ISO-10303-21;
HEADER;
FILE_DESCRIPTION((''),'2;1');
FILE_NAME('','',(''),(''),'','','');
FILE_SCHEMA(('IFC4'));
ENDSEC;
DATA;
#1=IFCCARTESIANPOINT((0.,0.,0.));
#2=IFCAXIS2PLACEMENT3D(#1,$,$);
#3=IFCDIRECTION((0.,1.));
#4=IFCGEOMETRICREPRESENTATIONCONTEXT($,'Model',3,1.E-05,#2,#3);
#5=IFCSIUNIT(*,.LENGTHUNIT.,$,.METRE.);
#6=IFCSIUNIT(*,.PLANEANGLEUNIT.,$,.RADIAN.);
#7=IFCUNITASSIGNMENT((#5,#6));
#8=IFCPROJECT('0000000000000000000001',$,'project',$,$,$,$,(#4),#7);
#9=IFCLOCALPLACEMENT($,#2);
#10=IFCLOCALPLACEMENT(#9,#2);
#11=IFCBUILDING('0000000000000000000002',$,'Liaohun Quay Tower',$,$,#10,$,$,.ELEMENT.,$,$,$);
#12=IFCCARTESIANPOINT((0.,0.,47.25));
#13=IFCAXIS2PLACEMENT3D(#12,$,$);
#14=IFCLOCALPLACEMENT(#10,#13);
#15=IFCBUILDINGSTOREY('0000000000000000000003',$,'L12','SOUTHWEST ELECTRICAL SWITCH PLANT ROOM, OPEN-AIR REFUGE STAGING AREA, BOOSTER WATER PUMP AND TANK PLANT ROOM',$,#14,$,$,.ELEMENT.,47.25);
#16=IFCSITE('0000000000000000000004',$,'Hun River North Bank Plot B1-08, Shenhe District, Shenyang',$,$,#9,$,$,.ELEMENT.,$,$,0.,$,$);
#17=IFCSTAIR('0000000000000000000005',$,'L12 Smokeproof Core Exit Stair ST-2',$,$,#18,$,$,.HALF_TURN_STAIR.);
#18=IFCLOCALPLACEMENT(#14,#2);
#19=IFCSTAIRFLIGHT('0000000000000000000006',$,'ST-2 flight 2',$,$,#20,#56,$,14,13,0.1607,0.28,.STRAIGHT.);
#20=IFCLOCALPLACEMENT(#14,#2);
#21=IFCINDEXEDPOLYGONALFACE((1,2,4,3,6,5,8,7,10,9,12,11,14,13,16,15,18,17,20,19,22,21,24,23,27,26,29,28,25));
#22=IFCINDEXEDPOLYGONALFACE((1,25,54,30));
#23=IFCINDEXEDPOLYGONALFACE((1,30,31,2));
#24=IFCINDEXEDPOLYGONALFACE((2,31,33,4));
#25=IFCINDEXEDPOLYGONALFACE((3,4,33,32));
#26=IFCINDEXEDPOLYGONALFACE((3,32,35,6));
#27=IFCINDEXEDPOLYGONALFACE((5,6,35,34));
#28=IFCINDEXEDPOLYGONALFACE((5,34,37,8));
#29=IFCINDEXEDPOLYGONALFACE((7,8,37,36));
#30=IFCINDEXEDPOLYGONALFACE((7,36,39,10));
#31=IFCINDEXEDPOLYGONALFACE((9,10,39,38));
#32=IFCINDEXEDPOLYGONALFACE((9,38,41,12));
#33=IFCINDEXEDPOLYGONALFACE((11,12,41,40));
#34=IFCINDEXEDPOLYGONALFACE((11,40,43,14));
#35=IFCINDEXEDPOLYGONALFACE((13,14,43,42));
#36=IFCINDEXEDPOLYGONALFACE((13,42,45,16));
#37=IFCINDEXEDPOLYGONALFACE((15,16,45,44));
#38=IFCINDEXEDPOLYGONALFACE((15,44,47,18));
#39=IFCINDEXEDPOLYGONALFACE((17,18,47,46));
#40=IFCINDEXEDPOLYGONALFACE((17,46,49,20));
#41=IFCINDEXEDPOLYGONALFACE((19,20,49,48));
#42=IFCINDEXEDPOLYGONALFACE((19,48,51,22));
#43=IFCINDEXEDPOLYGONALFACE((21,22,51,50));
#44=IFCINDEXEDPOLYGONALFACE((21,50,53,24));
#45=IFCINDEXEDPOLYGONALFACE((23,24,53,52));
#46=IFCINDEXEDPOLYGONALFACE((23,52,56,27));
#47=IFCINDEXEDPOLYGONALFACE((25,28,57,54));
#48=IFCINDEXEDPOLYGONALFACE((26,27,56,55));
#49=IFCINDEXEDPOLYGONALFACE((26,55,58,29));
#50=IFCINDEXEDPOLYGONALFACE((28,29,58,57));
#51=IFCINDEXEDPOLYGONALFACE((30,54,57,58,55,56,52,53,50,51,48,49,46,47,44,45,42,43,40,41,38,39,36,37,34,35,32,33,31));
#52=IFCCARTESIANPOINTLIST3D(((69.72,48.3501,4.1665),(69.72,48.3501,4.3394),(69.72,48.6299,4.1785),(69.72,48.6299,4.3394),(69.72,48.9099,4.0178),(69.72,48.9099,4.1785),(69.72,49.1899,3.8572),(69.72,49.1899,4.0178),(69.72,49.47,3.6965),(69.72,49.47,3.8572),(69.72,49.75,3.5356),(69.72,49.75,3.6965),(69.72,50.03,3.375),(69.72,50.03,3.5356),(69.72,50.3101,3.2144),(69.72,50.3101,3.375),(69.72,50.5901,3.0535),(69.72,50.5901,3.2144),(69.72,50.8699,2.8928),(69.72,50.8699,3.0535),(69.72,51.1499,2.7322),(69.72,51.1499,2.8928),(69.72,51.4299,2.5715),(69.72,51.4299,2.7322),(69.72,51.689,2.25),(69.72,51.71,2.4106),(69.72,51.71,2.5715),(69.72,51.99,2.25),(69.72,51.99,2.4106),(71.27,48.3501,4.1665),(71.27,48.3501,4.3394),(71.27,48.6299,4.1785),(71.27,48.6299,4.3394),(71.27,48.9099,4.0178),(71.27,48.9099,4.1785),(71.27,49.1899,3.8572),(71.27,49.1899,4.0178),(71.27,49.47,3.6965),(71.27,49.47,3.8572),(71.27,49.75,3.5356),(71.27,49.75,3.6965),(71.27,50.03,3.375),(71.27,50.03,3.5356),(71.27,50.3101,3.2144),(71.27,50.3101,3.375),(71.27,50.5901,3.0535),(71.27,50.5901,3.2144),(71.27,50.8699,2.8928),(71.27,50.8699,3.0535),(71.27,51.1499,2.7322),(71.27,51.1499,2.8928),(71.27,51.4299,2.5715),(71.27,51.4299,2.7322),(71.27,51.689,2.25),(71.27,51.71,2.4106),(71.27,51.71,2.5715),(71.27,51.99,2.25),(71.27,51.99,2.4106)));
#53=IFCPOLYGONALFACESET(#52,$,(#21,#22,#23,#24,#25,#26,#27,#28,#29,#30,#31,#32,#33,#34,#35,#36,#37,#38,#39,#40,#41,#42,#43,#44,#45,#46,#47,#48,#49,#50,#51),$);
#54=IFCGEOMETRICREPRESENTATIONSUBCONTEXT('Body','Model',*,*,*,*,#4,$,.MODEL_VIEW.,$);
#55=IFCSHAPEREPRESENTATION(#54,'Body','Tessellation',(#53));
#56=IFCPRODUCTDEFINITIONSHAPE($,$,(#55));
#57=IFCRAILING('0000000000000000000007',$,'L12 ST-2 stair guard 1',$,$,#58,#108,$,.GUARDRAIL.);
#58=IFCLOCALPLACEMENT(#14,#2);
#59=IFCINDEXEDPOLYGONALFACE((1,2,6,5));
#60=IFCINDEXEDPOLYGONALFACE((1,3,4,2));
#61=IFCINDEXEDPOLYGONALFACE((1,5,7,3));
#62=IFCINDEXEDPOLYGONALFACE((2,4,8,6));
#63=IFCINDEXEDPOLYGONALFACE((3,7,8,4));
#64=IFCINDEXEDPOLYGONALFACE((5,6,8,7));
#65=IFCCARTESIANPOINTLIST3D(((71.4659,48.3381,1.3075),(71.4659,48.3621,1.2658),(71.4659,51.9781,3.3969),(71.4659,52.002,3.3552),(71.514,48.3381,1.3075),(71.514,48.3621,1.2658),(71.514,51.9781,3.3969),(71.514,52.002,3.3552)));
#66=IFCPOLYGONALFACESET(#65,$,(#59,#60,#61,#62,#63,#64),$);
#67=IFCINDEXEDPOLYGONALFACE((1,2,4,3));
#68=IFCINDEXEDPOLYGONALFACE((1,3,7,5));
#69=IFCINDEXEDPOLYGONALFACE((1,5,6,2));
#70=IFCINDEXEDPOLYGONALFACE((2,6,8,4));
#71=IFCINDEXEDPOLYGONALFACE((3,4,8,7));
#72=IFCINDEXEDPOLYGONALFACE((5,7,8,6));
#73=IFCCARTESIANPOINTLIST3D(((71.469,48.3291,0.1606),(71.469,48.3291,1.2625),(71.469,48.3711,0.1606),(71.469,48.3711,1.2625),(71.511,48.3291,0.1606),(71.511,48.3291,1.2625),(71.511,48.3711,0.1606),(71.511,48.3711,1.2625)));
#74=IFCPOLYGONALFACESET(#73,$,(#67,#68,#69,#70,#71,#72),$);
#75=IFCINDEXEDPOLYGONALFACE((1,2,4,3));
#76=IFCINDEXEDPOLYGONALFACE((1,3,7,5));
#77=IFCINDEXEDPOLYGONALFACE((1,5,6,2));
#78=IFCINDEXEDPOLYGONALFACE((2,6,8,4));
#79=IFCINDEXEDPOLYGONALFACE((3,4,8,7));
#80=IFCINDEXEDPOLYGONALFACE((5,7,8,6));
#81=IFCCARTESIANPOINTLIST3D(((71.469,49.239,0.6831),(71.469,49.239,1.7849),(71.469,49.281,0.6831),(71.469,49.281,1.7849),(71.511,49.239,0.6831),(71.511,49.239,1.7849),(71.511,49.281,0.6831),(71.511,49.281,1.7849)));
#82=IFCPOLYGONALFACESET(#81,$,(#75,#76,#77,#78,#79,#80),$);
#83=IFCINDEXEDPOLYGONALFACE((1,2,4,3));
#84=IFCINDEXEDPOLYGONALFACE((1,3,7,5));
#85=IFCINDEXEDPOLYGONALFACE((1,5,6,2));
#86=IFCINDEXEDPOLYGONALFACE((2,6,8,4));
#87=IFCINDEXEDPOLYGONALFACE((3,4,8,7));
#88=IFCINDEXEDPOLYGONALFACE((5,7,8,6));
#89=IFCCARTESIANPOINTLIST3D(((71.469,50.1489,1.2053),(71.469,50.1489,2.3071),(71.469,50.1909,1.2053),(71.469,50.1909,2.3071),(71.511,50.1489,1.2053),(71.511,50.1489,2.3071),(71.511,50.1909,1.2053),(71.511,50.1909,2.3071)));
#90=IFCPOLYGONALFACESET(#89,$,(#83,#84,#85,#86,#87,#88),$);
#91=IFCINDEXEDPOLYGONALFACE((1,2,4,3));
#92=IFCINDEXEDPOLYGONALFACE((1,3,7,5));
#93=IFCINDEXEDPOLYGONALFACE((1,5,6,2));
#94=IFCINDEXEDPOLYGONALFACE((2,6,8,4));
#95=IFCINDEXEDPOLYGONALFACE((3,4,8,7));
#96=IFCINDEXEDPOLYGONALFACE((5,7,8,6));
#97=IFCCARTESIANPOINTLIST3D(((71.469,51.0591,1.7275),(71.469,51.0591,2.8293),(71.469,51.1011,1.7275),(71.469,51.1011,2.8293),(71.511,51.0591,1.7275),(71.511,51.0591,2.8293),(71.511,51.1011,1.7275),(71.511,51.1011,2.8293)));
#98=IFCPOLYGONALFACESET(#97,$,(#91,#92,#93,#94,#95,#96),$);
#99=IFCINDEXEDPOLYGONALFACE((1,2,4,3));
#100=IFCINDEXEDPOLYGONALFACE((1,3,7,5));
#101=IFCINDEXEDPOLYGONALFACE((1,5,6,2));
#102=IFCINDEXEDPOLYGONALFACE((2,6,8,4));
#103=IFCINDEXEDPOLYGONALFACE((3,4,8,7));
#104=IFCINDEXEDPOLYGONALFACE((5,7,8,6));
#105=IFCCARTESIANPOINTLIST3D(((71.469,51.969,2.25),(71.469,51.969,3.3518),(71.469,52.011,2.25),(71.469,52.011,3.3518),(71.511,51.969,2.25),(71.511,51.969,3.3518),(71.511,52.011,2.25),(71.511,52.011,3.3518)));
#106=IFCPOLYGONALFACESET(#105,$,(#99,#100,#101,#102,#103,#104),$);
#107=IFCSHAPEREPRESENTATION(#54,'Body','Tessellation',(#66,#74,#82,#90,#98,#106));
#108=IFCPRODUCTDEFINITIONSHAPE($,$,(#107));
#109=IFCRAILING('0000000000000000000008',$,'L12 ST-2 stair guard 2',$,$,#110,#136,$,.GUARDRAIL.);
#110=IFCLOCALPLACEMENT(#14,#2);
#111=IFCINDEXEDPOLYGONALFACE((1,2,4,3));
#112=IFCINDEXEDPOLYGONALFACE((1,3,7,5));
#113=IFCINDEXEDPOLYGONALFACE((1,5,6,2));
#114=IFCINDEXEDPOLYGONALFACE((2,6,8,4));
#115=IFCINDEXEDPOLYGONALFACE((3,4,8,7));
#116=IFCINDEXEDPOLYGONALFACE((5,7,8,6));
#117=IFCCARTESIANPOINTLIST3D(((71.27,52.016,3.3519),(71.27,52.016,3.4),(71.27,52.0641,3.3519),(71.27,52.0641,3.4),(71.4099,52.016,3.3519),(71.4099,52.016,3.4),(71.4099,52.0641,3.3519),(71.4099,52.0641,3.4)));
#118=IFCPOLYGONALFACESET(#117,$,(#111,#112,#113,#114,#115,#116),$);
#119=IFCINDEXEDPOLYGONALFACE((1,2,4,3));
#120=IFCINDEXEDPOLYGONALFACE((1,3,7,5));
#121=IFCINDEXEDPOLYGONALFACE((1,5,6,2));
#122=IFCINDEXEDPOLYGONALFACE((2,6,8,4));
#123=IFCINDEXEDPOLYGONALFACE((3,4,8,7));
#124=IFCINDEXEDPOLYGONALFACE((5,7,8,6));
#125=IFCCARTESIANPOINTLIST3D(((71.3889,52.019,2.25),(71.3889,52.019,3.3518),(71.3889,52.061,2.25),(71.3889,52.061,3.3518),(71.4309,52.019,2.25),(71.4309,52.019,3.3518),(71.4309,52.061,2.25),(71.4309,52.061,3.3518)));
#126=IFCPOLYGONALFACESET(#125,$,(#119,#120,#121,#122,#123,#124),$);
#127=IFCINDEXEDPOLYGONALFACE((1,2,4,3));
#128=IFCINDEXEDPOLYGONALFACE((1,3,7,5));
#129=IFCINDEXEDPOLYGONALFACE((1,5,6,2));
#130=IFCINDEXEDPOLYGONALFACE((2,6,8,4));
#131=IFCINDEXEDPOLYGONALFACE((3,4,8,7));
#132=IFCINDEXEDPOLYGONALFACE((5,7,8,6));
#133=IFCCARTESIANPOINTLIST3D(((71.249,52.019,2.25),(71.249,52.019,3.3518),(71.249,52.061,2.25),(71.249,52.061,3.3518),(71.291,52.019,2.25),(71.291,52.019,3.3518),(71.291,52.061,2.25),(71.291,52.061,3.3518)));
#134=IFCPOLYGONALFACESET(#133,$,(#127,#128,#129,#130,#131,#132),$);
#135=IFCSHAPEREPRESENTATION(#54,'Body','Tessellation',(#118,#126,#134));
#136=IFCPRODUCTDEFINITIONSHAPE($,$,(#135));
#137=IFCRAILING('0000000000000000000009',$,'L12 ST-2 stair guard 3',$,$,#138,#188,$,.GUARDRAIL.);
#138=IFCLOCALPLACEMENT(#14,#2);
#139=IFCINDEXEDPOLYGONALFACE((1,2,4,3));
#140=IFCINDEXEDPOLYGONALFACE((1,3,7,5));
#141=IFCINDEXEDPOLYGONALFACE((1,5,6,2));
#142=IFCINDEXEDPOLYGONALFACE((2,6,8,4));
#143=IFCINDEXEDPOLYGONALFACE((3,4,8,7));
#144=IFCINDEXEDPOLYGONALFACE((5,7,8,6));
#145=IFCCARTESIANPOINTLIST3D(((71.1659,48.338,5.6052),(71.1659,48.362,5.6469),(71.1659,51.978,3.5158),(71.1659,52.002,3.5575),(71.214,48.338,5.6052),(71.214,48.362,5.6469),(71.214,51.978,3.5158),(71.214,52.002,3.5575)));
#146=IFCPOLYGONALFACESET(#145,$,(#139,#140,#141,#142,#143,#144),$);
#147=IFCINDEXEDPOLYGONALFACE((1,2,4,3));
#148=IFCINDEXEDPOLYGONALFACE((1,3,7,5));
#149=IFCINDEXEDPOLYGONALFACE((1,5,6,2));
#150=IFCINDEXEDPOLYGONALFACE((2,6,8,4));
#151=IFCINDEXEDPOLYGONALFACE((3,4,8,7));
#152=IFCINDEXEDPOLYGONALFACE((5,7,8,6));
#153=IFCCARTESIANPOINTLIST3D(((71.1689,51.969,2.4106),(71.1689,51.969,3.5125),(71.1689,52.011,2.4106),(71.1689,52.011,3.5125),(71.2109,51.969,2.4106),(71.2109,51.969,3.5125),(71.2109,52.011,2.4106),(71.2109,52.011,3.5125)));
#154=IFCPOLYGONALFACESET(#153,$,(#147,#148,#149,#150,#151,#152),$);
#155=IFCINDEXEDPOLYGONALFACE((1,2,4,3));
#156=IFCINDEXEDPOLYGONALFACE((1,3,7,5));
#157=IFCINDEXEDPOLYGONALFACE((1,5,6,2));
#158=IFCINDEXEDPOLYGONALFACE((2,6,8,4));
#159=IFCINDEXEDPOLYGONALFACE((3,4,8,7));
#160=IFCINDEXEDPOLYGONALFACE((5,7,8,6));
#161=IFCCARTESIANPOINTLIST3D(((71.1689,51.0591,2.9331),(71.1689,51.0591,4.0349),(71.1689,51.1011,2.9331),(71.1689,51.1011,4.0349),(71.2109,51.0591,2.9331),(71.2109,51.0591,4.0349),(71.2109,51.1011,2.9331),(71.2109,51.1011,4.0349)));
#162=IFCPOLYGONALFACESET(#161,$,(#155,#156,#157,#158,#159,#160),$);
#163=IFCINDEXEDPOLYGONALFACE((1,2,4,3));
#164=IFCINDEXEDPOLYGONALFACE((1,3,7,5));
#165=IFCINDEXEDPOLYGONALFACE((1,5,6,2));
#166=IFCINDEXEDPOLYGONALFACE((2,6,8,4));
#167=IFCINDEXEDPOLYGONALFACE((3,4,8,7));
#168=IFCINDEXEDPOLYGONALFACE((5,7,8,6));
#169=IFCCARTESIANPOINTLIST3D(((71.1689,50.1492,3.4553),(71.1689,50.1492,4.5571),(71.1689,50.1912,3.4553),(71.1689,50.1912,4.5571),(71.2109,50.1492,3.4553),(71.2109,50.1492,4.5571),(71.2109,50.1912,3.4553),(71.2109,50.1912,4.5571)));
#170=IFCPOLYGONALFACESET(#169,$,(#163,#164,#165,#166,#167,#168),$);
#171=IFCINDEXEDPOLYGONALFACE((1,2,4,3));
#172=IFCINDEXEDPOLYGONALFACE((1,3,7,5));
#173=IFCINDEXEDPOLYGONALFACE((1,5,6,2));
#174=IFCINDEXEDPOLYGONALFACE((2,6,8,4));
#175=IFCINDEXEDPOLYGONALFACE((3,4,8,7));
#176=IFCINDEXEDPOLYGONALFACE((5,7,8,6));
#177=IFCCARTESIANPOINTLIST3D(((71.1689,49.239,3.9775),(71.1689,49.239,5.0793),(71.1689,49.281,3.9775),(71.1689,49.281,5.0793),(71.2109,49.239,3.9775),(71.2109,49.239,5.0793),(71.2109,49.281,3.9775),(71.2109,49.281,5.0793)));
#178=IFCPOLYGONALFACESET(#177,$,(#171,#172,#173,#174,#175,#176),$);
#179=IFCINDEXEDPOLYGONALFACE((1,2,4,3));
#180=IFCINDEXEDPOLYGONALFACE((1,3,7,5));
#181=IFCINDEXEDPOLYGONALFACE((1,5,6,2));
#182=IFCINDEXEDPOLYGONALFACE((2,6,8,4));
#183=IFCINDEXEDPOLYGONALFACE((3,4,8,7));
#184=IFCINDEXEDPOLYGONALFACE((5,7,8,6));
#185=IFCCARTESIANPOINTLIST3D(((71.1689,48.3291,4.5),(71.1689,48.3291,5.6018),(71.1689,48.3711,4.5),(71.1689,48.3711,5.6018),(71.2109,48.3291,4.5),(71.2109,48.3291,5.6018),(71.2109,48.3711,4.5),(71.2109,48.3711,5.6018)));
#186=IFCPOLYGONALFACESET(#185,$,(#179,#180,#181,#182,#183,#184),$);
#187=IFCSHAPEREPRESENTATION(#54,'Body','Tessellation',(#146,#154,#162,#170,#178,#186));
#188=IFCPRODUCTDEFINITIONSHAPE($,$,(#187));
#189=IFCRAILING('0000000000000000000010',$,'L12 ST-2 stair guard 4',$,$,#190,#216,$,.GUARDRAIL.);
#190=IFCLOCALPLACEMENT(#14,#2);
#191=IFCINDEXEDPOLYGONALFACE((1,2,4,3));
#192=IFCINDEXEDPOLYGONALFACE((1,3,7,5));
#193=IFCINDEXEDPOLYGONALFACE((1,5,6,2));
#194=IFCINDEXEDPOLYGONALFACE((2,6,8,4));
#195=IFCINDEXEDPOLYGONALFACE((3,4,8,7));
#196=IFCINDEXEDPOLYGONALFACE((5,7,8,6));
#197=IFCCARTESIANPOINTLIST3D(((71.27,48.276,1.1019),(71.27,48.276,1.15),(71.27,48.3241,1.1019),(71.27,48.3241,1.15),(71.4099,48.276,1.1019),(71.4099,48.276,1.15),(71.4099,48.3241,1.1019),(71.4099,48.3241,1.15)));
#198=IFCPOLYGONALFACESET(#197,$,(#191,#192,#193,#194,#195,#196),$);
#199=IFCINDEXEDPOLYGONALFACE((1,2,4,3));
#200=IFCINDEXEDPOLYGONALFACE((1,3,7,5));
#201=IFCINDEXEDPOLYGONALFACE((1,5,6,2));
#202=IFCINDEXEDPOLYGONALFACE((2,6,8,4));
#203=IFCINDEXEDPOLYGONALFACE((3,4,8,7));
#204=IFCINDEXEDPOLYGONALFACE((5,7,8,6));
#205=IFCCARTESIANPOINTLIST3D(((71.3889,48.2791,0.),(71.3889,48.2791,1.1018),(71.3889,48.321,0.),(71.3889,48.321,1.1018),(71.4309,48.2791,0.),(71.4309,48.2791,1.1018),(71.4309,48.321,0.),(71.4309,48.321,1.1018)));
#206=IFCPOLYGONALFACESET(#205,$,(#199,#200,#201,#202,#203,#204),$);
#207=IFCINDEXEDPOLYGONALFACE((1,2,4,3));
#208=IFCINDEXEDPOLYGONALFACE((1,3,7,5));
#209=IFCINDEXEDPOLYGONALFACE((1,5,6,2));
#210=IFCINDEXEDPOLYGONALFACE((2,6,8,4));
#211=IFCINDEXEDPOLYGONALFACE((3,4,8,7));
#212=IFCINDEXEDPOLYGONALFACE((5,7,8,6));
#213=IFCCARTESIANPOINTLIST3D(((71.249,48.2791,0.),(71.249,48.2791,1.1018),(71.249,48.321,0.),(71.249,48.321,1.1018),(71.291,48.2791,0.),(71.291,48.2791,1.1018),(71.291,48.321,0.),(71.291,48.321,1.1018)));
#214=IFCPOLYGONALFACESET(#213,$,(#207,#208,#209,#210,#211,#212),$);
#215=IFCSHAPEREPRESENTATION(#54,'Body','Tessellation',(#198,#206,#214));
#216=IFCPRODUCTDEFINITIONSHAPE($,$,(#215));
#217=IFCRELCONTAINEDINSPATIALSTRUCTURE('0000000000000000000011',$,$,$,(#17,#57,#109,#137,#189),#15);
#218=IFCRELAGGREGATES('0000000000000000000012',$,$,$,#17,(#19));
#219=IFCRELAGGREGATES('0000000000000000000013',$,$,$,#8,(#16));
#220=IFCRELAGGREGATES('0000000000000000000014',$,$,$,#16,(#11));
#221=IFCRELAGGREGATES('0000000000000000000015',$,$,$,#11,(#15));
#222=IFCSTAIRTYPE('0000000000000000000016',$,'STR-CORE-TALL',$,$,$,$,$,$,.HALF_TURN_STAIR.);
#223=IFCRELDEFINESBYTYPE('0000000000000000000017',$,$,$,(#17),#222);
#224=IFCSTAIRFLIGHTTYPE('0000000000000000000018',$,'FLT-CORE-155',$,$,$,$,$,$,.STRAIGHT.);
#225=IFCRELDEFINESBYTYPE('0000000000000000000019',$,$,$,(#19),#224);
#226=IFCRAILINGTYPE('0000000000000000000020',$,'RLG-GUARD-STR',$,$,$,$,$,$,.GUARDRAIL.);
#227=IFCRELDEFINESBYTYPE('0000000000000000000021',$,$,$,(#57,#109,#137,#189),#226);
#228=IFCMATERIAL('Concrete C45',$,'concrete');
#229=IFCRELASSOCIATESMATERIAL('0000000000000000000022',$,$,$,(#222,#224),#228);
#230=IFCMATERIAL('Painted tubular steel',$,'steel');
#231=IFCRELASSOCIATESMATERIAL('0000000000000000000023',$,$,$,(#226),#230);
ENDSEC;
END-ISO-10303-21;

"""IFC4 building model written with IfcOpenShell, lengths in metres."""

from ifc_helpers import new_model, si_unit, direction, frame, origin, origin_2d, place, context, subcontext, project, spatial, polyline, rectangle, outline, extrude, material, type_object, element, aggregate, save


model = new_model("IFC4")

# Units and contexts
model_context = context("Model", 3, precision=1e-05, world=origin(), true_north=direction((0.0, 1.0)))
body_context = subcontext(model_context, "Body", "Model", "MODEL_VIEW")
ifc_project = project(units=[si_unit("LENGTHUNIT", "METRE"), si_unit("PLANEANGLEUNIT", "RADIAN")], contexts=[model_context])

# Site, building, storey
site_placement = place(None, origin())
site = spatial("IfcSite", under=ifc_project, at=site_placement, Name="Hun River North Bank Plot B1-08, Shenhe District, Shenyang", CompositionType="ELEMENT", RefElevation=0.0)
building_placement = place(site_placement, origin())
building = spatial("IfcBuilding", under=site, at=building_placement, Name="Liaohun Quay Tower", CompositionType="ELEMENT")
storey_placement = place(building_placement, frame((0.0, 0.0, 47.25)))
storey = spatial("IfcBuildingStorey", under=building, at=storey_placement, Name="L12", Description="SOUTHWEST ELECTRICAL SWITCH PLANT ROOM, OPEN-AIR REFUGE STAGING AREA, BOOSTER WATER PUMP AND TANK PLANT ROOM", CompositionType="ELEMENT", Elevation=47.25)

# Stair, stair flight
ifc_material_1 = material(Name="Concrete C45", Category="concrete")
stair_type = type_object("IfcStairType", Name="STR-CORE-TALL", PredefinedType="HALF_TURN_STAIR", material=ifc_material_1)
stair_placement = place(storey_placement, origin())
stair = element("IfcStair", 1, at=stair_placement, inside=storey, type_object=stair_type, Name="L12 Smokeproof Core Exit Stair ST-2", PredefinedType="HALF_TURN_STAIR")
stair_flight_type = type_object("IfcStairFlightType", Name="FLT-CORE-155", PredefinedType="STRAIGHT", material=ifc_material_1)
stair_flight_1_placement = place(storey_placement, frame((70.4951, 51.99, 2.25), z_axis=(0.0, 0.0, 1.0), x_axis=(0.0, -1.0, 0.0)))
stair_flight_1 = element("IfcStairFlight", 2, at=stair_flight_1_placement, type_object=stair_flight_type, Name="ST-2 flight 2", NumberOfRisers=14, NumberOfTreads=13, PredefinedType="STRAIGHT", RiserHeight=0.1607, TreadLength=0.28, context=body_context, shape_type="SweptSolid", body=[
    extrude(outline(polyline([(0.0, 0.0), (0.0, 0.1606), (0.28, 0.1606), (0.28, 0.3215), (0.5601, 0.3215), (0.5601, 0.4822), (0.8401, 0.4822), (0.8401, 0.6428), (1.1201, 0.6428), (1.1201, 0.8035), (1.3999, 0.8035), (1.3999, 0.9644), (1.6799, 0.9644), (1.6799, 1.125), (1.96, 1.125), (1.96, 1.2856), (2.24, 1.2856), (2.24, 1.4465), (2.52, 1.4465), (2.52, 1.6072), (2.8, 1.6072), (2.8, 1.7678), (3.0801, 1.7678), (3.0801, 1.9285), (3.3601, 1.9285), (3.3601, 2.0894), (3.6399, 2.0894), (3.6399, 2.25), (3.6399, 1.9165), (0.301, 0.0), (0.0, 0.0)])), frame((0.0, 0.7749, 0.0), z_axis=(0.0, -1.0, 0.0), x_axis=(1.0, 0.0, 0.0)), (0.0, 0.0, 1.0), 1.55),
])
aggregate(stair, [stair_flight_1])

# Railings
ifc_material_2 = material(Name="Painted tubular steel", Category="steel")
railing_type_1 = type_object("IfcRailingType", Name="RLG-GUARD-STR", PredefinedType="GUARDRAIL", material=ifc_material_2)
railing_1_placement = place(storey_placement, frame((71.49, 48.3501, 0.1606)))
element("IfcRailing", 3, at=railing_1_placement, inside=storey, type_object=railing_type_1, Name="L12 ST-2 stair guard 1", PredefinedType="GUARDRAIL", context=body_context, shape_type="SweptSolid", body=[
    extrude(rectangle(XDim=0.0481, YDim=0.0481, at=origin_2d()), frame((0.0, 0.0, 1.126), z_axis=(0.0, 0.867275, 0.497829), x_axis=(-1.0, 0.0, 0.0)), (0.0, 0.0, 1.0), 4.197),
    extrude(rectangle(XDim=0.042, YDim=0.042, at=origin_2d()), origin(), (0.0, 0.0, 1.0), 1.1018),
    extrude(rectangle(XDim=0.042, YDim=0.042, at=origin_2d()), frame((0.0, 0.9099, 0.5225)), (0.0, 0.0, 1.0), 1.1018),
    extrude(rectangle(XDim=0.042, YDim=0.042, at=origin_2d()), frame((0.0, 1.8198, 1.0447)), (0.0, 0.0, 1.0), 1.1018),
    extrude(rectangle(XDim=0.042, YDim=0.042, at=origin_2d()), frame((0.0, 2.73, 1.5669)), (0.0, 0.0, 1.0), 1.1018),
    extrude(rectangle(XDim=0.042, YDim=0.042, at=origin_2d()), frame((0.0, 3.6399, 2.0894)), (0.0, 0.0, 1.0), 1.1018),
])
railing_2_placement = place(storey_placement, frame((71.4099, 52.04, 2.25)))
element("IfcRailing", 4, at=railing_2_placement, inside=storey, type_object=railing_type_1, Name="L12 ST-2 stair guard 2", PredefinedType="GUARDRAIL", context=body_context, shape_type="SweptSolid", body=[
    extrude(rectangle(XDim=0.0481, YDim=0.0481, at=origin_2d()), frame((0.0, 0.0, 1.126), z_axis=(-1.0, 0.0, 0.0), x_axis=(0.0, -1.0, 0.0)), (0.0, 0.0, 1.0), 0.1399),
    extrude(rectangle(XDim=0.042, YDim=0.042, at=origin_2d()), origin(), (0.0, 0.0, 1.0), 1.1018),
    extrude(rectangle(XDim=0.042, YDim=0.042, at=origin_2d()), frame((-0.1399, 0.0, 0.0)), (0.0, 0.0, 1.0), 1.1018),
])
railing_3_placement = place(storey_placement, frame((71.1899, 51.99, 2.4106)))
element("IfcRailing", 5, at=railing_3_placement, inside=storey, type_object=railing_type_1, Name="L12 ST-2 stair guard 3", PredefinedType="GUARDRAIL", context=body_context, shape_type="SweptSolid", body=[
    extrude(rectangle(XDim=0.0481, YDim=0.0481, at=origin_2d()), frame((0.0, 0.0, 1.126), z_axis=(0.0, -0.867275, 0.497829), x_axis=(1.0, 0.0, 0.0)), (0.0, 0.0, 1.0), 4.197),
    extrude(rectangle(XDim=0.042, YDim=0.042, at=origin_2d()), origin(), (0.0, 0.0, 1.0), 1.1018),
    extrude(rectangle(XDim=0.042, YDim=0.042, at=origin_2d()), frame((0.0, -0.9099, 0.5225)), (0.0, 0.0, 1.0), 1.1018),
    extrude(rectangle(XDim=0.042, YDim=0.042, at=origin_2d()), frame((0.0, -1.8198, 1.0447)), (0.0, 0.0, 1.0), 1.1018),
    extrude(rectangle(XDim=0.042, YDim=0.042, at=origin_2d()), frame((0.0, -2.73, 1.5669)), (0.0, 0.0, 1.0), 1.1018),
    extrude(rectangle(XDim=0.042, YDim=0.042, at=origin_2d()), frame((0.0, -3.6399, 2.0894)), (0.0, 0.0, 1.0), 1.1018),
])
railing_4_placement = place(storey_placement, frame((71.4099, 48.3, 0.0)))
element("IfcRailing", 6, at=railing_4_placement, inside=storey, type_object=railing_type_1, Name="L12 ST-2 stair guard 4", PredefinedType="GUARDRAIL", context=body_context, shape_type="SweptSolid", body=[
    extrude(rectangle(XDim=0.0481, YDim=0.0481, at=origin_2d()), frame((0.0, 0.0, 1.126), z_axis=(-1.0, 0.0, 0.0), x_axis=(0.0, -1.0, 0.0)), (0.0, 0.0, 1.0), 0.1399),
    extrude(rectangle(XDim=0.042, YDim=0.042, at=origin_2d()), origin(), (0.0, 0.0, 1.0), 1.1018),
    extrude(rectangle(XDim=0.042, YDim=0.042, at=origin_2d()), frame((-0.1399, 0.0, 0.0)), (0.0, 0.0, 1.0), 1.1018),
])

save(model, "model.ifc")
